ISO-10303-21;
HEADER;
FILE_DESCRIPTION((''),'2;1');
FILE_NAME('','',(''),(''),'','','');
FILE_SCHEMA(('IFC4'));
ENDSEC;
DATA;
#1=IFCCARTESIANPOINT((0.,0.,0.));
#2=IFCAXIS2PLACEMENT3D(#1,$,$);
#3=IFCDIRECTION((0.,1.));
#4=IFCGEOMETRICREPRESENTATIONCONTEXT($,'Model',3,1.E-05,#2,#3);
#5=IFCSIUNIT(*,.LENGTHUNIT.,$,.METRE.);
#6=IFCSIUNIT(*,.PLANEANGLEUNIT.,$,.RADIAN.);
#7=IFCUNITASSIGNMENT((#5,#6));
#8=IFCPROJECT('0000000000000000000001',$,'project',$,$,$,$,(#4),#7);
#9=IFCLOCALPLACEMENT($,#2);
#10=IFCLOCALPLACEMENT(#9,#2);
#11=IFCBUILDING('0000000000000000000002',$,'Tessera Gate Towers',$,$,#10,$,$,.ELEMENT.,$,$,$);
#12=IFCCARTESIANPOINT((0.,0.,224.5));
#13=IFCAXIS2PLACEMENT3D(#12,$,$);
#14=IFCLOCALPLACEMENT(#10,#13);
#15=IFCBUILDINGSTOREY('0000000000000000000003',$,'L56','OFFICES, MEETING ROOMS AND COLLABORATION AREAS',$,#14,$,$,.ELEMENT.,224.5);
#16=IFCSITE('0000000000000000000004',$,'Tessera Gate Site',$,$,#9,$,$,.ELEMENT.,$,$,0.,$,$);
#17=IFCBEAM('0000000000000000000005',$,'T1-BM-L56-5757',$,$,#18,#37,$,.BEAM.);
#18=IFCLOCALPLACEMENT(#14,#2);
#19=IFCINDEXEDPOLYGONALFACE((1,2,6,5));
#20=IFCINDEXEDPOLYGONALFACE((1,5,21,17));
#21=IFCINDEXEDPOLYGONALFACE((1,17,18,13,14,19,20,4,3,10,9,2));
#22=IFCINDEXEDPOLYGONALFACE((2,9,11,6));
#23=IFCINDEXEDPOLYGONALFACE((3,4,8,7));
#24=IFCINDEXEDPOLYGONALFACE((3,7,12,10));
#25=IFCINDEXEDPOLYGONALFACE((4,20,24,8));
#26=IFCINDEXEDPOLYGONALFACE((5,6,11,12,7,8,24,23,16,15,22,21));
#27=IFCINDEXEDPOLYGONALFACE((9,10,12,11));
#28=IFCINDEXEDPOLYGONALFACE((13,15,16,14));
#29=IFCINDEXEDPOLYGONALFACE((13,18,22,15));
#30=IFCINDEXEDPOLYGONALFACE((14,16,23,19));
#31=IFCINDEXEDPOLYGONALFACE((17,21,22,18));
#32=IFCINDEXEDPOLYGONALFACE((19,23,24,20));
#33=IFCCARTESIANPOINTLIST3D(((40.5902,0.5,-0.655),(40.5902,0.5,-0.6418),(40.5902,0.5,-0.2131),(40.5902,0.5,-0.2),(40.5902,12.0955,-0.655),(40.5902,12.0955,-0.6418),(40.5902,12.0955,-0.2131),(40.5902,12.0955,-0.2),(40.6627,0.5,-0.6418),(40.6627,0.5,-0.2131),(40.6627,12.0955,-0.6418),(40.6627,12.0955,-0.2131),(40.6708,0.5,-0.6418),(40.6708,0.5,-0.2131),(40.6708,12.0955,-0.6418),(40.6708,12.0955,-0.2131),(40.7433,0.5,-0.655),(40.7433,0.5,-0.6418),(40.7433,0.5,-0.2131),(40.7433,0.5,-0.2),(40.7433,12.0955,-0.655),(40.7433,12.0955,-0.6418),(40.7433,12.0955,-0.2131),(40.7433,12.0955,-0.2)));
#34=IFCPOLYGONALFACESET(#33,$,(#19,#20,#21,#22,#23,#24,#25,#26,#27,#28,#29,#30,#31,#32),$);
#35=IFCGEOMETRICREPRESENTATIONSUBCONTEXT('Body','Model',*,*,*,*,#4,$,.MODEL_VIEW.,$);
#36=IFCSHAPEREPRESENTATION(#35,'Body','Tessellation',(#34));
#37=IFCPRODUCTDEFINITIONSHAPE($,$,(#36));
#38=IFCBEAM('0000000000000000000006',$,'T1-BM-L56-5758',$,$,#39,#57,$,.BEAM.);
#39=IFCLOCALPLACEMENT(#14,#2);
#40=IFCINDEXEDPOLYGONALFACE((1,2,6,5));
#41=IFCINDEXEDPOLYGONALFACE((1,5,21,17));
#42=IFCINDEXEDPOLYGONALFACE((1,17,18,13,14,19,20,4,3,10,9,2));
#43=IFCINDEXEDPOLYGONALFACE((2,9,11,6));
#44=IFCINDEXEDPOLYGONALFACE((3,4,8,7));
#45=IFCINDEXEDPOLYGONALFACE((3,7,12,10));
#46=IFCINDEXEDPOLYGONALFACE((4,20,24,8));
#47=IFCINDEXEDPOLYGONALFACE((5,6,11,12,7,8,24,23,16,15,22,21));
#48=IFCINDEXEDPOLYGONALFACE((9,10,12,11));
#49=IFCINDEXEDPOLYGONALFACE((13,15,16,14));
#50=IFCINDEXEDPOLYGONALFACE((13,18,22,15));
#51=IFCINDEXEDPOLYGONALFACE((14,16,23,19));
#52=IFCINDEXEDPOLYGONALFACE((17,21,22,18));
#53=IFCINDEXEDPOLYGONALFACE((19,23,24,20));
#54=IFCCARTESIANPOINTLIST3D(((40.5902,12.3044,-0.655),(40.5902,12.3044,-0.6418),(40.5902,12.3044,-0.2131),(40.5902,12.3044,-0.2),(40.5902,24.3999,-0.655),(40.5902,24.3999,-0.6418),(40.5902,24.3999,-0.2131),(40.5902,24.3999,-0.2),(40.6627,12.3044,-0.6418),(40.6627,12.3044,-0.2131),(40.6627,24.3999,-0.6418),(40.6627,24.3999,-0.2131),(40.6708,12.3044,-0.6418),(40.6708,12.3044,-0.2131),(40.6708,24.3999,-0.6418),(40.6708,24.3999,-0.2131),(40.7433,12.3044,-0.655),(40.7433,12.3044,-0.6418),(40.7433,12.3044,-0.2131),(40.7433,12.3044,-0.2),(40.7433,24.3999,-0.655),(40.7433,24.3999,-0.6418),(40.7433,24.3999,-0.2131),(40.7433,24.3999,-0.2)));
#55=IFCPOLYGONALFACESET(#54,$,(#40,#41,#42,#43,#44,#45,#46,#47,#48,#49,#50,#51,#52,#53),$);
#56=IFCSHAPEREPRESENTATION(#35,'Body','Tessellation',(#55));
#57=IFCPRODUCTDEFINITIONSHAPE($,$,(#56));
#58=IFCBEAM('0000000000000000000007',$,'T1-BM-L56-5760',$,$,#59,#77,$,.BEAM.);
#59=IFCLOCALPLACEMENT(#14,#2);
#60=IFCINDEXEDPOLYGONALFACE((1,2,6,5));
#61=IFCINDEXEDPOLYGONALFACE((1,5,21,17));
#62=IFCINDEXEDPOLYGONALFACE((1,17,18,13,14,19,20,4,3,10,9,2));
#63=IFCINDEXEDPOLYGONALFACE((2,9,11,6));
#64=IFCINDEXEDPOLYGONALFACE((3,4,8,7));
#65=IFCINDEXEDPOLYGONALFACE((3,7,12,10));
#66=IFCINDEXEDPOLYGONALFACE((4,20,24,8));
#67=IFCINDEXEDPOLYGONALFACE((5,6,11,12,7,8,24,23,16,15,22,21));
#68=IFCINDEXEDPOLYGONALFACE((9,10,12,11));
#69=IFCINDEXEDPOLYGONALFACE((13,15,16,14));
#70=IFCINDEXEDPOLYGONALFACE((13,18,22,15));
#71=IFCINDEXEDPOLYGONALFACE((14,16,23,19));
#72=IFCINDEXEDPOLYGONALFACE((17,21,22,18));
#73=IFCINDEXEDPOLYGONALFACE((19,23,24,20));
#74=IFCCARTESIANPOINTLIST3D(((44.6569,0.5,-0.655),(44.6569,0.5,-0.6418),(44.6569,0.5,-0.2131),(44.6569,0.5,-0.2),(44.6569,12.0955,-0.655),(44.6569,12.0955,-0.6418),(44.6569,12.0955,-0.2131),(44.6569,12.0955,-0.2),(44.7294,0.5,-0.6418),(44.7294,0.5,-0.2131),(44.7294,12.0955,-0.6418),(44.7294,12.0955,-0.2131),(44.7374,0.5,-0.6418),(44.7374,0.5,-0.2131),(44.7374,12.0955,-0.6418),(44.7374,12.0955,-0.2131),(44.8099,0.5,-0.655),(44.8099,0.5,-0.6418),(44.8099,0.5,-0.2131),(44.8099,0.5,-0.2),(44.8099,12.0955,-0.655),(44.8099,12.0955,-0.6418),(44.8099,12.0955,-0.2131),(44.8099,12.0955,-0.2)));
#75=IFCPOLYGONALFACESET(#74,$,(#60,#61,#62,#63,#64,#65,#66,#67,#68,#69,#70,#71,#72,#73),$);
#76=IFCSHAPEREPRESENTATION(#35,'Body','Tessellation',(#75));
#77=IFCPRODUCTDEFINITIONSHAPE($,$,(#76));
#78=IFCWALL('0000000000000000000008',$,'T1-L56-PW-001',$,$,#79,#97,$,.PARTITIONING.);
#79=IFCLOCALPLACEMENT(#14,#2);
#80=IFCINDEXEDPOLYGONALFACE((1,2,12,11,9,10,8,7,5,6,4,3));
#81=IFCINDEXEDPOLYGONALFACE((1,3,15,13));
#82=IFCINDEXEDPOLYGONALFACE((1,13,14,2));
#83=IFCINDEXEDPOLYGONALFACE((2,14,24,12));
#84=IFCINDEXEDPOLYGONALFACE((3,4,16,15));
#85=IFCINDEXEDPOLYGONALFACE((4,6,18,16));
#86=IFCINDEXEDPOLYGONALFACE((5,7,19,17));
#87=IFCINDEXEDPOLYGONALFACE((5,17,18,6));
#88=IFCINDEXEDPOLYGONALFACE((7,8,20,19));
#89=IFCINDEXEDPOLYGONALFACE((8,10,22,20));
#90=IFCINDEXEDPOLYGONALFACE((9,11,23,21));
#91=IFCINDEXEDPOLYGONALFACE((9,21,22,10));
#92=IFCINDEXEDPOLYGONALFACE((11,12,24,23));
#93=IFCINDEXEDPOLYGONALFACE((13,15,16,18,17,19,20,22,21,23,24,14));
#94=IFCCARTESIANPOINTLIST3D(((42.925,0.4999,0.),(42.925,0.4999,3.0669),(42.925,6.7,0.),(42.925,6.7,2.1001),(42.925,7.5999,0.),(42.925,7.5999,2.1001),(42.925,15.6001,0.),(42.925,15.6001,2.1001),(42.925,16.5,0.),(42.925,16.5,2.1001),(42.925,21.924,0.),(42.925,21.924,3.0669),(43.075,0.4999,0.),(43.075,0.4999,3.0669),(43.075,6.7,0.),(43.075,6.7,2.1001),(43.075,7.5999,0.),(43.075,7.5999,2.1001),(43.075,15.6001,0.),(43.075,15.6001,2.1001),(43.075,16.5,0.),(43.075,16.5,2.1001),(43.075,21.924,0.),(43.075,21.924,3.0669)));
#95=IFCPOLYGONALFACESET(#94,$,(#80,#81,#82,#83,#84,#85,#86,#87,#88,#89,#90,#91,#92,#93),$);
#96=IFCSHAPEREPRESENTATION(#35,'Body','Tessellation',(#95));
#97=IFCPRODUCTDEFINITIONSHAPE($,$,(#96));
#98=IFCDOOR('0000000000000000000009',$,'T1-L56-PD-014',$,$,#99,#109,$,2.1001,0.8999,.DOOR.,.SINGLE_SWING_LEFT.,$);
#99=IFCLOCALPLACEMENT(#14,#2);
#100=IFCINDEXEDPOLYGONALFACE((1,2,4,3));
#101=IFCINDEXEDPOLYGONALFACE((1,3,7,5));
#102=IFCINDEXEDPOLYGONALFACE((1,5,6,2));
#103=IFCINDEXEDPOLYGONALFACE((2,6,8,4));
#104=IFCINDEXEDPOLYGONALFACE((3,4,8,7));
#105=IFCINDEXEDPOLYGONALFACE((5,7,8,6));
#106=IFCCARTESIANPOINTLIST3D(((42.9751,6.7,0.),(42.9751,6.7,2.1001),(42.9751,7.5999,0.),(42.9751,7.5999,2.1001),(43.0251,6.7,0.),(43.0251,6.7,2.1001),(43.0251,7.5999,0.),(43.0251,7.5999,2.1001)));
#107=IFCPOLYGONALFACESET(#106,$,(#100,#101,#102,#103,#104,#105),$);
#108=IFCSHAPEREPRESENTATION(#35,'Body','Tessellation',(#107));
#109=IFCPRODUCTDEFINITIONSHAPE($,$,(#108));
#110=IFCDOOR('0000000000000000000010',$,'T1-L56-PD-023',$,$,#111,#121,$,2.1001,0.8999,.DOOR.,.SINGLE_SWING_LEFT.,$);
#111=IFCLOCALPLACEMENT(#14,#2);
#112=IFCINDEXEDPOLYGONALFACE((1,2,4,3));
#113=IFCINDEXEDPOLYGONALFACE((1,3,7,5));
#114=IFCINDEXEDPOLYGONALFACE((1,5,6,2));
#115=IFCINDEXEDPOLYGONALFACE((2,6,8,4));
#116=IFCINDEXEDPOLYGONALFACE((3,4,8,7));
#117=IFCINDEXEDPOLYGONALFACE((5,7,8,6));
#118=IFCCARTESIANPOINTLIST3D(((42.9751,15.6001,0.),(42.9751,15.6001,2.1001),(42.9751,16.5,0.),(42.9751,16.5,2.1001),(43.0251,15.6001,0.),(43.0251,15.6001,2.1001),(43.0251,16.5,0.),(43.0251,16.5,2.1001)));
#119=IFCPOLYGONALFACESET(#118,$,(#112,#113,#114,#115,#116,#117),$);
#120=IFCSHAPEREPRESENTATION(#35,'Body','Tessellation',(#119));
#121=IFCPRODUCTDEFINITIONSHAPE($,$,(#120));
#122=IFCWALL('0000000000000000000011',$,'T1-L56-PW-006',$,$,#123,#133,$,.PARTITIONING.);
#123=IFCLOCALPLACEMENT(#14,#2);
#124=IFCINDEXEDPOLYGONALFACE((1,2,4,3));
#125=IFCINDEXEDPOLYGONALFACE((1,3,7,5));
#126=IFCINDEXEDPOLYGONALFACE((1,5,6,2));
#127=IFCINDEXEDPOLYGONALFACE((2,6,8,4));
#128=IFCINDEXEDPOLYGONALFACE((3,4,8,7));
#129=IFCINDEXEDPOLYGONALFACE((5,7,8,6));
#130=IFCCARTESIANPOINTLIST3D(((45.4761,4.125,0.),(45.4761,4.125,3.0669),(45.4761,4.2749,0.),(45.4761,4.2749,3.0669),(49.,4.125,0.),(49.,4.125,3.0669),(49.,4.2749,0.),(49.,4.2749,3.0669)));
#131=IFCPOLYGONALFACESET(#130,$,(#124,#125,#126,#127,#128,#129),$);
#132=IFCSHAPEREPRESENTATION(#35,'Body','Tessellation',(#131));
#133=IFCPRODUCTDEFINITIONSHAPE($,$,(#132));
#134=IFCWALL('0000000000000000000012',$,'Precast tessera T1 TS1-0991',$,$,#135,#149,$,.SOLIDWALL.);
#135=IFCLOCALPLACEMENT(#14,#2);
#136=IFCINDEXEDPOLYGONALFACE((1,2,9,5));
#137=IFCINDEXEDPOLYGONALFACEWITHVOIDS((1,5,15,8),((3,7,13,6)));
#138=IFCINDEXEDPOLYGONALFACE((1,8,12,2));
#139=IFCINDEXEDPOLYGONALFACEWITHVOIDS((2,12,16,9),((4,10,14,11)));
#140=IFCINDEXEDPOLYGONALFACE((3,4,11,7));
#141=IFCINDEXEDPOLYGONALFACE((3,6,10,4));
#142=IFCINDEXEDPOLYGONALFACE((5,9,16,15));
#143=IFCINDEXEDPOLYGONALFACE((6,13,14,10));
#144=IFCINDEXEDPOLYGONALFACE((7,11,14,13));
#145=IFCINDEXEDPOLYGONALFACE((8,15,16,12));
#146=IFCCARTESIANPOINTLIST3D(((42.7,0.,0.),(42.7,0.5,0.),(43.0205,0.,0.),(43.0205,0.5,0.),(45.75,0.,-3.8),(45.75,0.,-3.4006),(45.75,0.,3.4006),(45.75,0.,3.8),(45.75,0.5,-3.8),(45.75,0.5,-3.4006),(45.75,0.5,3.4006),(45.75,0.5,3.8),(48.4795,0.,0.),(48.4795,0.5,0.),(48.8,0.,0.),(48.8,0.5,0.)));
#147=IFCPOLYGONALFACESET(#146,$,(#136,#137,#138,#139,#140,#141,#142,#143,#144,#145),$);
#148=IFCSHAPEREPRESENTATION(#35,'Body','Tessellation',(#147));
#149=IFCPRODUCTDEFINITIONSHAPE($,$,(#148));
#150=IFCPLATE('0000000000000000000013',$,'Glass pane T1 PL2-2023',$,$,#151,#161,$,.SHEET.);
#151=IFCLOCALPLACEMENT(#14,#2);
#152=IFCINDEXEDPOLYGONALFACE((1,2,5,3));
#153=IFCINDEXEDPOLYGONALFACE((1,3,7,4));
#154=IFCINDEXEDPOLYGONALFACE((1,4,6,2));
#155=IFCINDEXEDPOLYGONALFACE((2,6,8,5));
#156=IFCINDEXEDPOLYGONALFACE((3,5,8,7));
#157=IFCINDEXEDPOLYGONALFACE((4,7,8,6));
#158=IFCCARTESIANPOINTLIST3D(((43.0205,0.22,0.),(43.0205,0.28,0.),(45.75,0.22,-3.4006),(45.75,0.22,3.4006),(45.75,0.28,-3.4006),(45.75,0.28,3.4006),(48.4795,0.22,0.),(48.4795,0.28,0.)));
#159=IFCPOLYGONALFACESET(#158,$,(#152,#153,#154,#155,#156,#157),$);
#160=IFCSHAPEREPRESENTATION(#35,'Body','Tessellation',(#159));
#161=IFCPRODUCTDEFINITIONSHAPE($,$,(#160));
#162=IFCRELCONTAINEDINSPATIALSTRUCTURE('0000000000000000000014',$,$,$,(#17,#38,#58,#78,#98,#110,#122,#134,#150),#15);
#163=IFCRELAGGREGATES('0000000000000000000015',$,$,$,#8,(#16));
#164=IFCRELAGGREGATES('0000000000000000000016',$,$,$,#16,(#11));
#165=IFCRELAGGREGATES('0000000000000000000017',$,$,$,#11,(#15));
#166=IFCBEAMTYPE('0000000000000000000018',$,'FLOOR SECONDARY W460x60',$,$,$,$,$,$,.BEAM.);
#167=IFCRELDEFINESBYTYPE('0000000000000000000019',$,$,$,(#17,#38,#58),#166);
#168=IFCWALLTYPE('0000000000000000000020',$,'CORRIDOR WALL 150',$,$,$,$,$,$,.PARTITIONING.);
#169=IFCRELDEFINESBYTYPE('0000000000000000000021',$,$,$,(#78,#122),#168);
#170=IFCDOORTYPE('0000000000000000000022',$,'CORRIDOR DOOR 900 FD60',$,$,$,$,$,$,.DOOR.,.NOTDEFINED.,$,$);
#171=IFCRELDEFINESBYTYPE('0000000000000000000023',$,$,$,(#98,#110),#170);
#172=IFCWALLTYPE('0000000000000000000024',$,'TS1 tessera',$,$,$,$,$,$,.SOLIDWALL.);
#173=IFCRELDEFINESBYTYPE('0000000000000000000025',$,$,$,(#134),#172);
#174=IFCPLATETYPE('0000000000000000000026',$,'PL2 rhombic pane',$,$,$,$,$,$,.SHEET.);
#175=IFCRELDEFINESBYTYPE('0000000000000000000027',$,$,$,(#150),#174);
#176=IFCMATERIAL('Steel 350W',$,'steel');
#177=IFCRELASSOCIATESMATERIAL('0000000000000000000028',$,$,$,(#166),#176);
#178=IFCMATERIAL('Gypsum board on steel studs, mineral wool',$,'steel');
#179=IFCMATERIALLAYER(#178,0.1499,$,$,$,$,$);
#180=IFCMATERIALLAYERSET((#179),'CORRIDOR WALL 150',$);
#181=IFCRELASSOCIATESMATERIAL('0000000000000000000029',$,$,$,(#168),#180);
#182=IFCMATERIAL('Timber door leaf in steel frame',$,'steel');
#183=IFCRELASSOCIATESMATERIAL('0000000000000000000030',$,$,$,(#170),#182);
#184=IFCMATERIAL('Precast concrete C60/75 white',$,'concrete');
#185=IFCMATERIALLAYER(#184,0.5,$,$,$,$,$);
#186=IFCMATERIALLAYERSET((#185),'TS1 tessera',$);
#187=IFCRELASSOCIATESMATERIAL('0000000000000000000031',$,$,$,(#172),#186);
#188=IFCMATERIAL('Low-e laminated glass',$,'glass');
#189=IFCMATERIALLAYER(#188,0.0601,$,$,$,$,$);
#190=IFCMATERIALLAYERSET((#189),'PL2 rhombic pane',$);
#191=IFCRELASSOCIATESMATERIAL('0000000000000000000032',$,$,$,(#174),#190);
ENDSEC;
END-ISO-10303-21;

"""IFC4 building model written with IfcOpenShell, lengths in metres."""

from ifc_helpers import new_model, si_unit, direction, frame, frame_2d, origin, origin_2d, place, context, subcontext, project, spatial, polyline, rectangle, i_section, outline, extrude, source, transform, mapped, material, layer, layer_set, material_profile, profile_set, type_object, element, fill, save


model = new_model("IFC4")

# Units and contexts
model_context = context("Model", 3, precision=1e-05, world=origin(), true_north=direction((0.0, 1.0)))
body_context = subcontext(model_context, "Body", "Model", "MODEL_VIEW")
ifc_project = project(units=[si_unit("LENGTHUNIT", "METRE"), si_unit("PLANEANGLEUNIT", "RADIAN")], contexts=[model_context])

# Site, building, storey
site_placement = place(None, origin())
site = spatial("IfcSite", under=ifc_project, at=site_placement, Name="Tessera Gate Site", CompositionType="ELEMENT", RefElevation=0.0)
building_placement = place(site_placement, origin())
building = spatial("IfcBuilding", under=site, at=building_placement, Name="Tessera Gate Towers", CompositionType="ELEMENT")
storey_placement = place(building_placement, frame((0.0, 0.0, 224.5)))
storey = spatial("IfcBuildingStorey", under=building, at=storey_placement, Name="L56", Description="OFFICES, MEETING ROOMS AND COLLABORATION AREAS", CompositionType="ELEMENT", Elevation=224.5)

# Beams
ifc_material_1 = material(Name="Steel 350W", Category="steel")
ifc_material_profile_1 = material_profile(ifc_material_1, i_section(OverallWidth=0.1531, OverallDepth=0.4551, WebThickness=0.0081, FlangeThickness=0.0132, at=origin_2d()), Name="W460x60")
ifc_profile_set_1 = profile_set([ifc_material_profile_1], Name="Steel 350W")
beam_type_1 = type_object("IfcBeamType", Name="FLOOR SECONDARY W460x60", PredefinedType="BEAM", material=ifc_profile_set_1)
beam_1_placement = place(storey_placement, frame((40.6667, 0.5, -0.4275), z_axis=(0.0, 1.0, 0.0), x_axis=(-1.0, 0.0, 0.0)))
element("IfcBeam", 1, at=beam_1_placement, inside=storey, type_object=beam_type_1, Name="T1-BM-L56-5757", PredefinedType="BEAM", context=body_context, shape_type="SweptSolid", body=[
    extrude(i_section(OverallWidth=0.1531, OverallDepth=0.4551, WebThickness=0.0081, FlangeThickness=0.0132, at=origin_2d()), origin(), (0.0, 0.0, 1.0), 11.5955),
])
beam_2_placement = place(storey_placement, frame((40.6667, 12.3044, -0.4275), z_axis=(0.0, 1.0, 0.0), x_axis=(-1.0, 0.0, 0.0)))
element("IfcBeam", 2, at=beam_2_placement, inside=storey, type_object=beam_type_1, Name="T1-BM-L56-5758", PredefinedType="BEAM", context=body_context, shape_type="SweptSolid", body=[
    extrude(i_section(OverallWidth=0.1531, OverallDepth=0.4551, WebThickness=0.0081, FlangeThickness=0.0132, at=origin_2d()), origin(), (0.0, 0.0, 1.0), 12.0955),
])
beam_3_placement = place(storey_placement, frame((44.7334, 0.5, -0.4275), z_axis=(0.0, 1.0, 0.0), x_axis=(-1.0, 0.0, 0.0)))
element("IfcBeam", 3, at=beam_3_placement, inside=storey, type_object=beam_type_1, Name="T1-BM-L56-5760", PredefinedType="BEAM", context=body_context, shape_type="SweptSolid", body=[
    extrude(i_section(OverallWidth=0.1531, OverallDepth=0.4551, WebThickness=0.0081, FlangeThickness=0.0132, at=origin_2d()), origin(), (0.0, 0.0, 1.0), 11.5955),
])

# Wall, openings, doors
ifc_material_2 = material(Name="Gypsum board on steel studs, mineral wool", Category="steel")
ifc_layer_1 = layer(ifc_material_2, 0.1499)
ifc_layer_set_1 = layer_set([ifc_layer_1], Name="CORRIDOR WALL 150")
wall_type_1 = type_object("IfcWallType", Name="CORRIDOR WALL 150", PredefinedType="PARTITIONING", material=ifc_layer_set_1)
wall_1_placement = place(storey_placement, frame((43.0, 0.5, 0.0), z_axis=(0.0, 0.0, 1.0), x_axis=(0.0, 1.0, 0.0)))
wall_1 = element("IfcWall", 4, at=wall_1_placement, inside=storey, type_object=wall_type_1, Name="T1-L56-PW-001", PredefinedType="PARTITIONING", context=body_context, shape_type="SweptSolid", body=[
    extrude(rectangle(XDim=21.4241, YDim=0.1499, at=frame_2d((10.7119, 0.0))), origin(), (0.0, 0.0, 1.0), 3.0669),
])
shared_shape_1 = source(origin(), body_context, "Body", "SweptSolid", [
    extrude(rectangle(XDim=0.8999, YDim=2.1001, at=frame_2d((0.45, 1.05))), frame((0.0, 0.085, 0.0), z_axis=(0.0, -1.0, 0.0), x_axis=(1.0, 0.0, 0.0)), (0.0, 0.0, 1.0), 0.1699),
])
opening_1_placement = place(wall_1_placement, frame((6.2, 0.0, 0.0)))
opening_1 = element("IfcOpeningElement", 5, at=opening_1_placement, cuts=wall_1, PredefinedType="OPENING", context=body_context, shape_type="MappedRepresentation", body=[
    mapped(shared_shape_1, transform((0.0, 0.0, 0.0), scale=1.0)),
])
opening_2_placement = place(wall_1_placement, frame((15.1001, 0.0, 0.0)))
opening_2 = element("IfcOpeningElement", 6, at=opening_2_placement, cuts=wall_1, PredefinedType="OPENING", context=body_context, shape_type="MappedRepresentation", body=[
    mapped(shared_shape_1, transform((0.0, 0.0, 0.0), scale=1.0)),
])
ifc_material_3 = material(Name="Timber door leaf in steel frame", Category="steel")
door_type = type_object("IfcDoorType", Name="CORRIDOR DOOR 900 FD60", OperationType="NOTDEFINED", PredefinedType="DOOR", material=ifc_material_3)
shared_shape_2 = source(origin(), body_context, "Body", "SweptSolid", [
    extrude(rectangle(XDim=0.8999, YDim=2.1001, at=frame_2d((0.45, 1.05))), frame((0.0, 0.0249, 0.0), z_axis=(0.0, -1.0, 0.0), x_axis=(1.0, 0.0, 0.0)), (0.0, 0.0, 1.0), 0.05),
])
door_1_placement = place(opening_1_placement, origin())
door_1 = element("IfcDoor", 7, at=door_1_placement, inside=storey, type_object=door_type, Name="T1-L56-PD-014", OperationType="SINGLE_SWING_LEFT", OverallHeight=2.1001, OverallWidth=0.8999, PredefinedType="DOOR", context=body_context, shape_type="MappedRepresentation", body=[
    mapped(shared_shape_2, transform((0.0, 0.0, 0.0), scale=1.0)),
])
fill(opening_1, door_1)
door_2_placement = place(opening_2_placement, origin())
door_2 = element("IfcDoor", 8, at=door_2_placement, inside=storey, type_object=door_type, Name="T1-L56-PD-023", OperationType="SINGLE_SWING_LEFT", OverallHeight=2.1001, OverallWidth=0.8999, PredefinedType="DOOR", context=body_context, shape_type="MappedRepresentation", body=[
    mapped(shared_shape_2, transform((0.0, 0.0, 0.0), scale=1.0)),
])
fill(opening_2, door_2)

# Wall
wall_2_placement = place(storey_placement, frame((45.4761, 4.2, 0.0), z_axis=(0.0, 0.0, 1.0), x_axis=(1.0, 0.0, 0.0)))
element("IfcWall", 9, at=wall_2_placement, inside=storey, type_object=wall_type_1, Name="T1-L56-PW-006", PredefinedType="PARTITIONING", context=body_context, shape_type="SweptSolid", body=[
    extrude(rectangle(XDim=3.5239, YDim=0.1499, at=frame_2d((1.762, 0.0))), origin(), (0.0, 0.0, 1.0), 3.0669),
])

# Wall, opening, plate
ifc_material_4 = material(Name="Precast concrete C60/75 white", Category="concrete")
ifc_layer_2 = layer(ifc_material_4, 0.5)
ifc_layer_set_2 = layer_set([ifc_layer_2], Name="TS1 tessera")
wall_type_2 = type_object("IfcWallType", Name="TS1 tessera", PredefinedType="SOLIDWALL", material=ifc_layer_set_2)
shared_shape_3 = source(origin(), body_context, "Body", "SweptSolid", [
    extrude(outline(polyline([(3.05, 0.0), (6.1001, 3.8), (3.05, 7.6001), (0.0, 3.8), (3.05, 0.0)])), frame((0.0, 0.25, 0.0), z_axis=(0.0, -1.0, 0.0), x_axis=(1.0, 0.0, 0.0)), (0.0, 0.0, 1.0), 0.5),
])
wall_3_placement = place(storey_placement, frame((42.7, 0.25, -3.8), z_axis=(0.0, 0.0, 1.0), x_axis=(1.0, 0.0, 0.0)))
wall_3 = element("IfcWall", 10, at=wall_3_placement, inside=storey, type_object=wall_type_2, Name="Precast tessera T1 TS1-0991", PredefinedType="SOLIDWALL", context=body_context, shape_type="MappedRepresentation", body=[
    mapped(shared_shape_3, transform((0.0, 0.0, 0.0), scale=1.0)),
])
shared_shape_4 = source(origin(), body_context, "Body", "SweptSolid", [
    extrude(outline(polyline([(3.05, 0.3994), (5.7795, 3.8), (3.05, 7.2007), (0.3206, 3.8), (3.05, 0.3994)])), frame((0.0, 0.26, 0.0), z_axis=(0.0, -1.0, 0.0), x_axis=(1.0, 0.0, 0.0)), (0.0, 0.0, 1.0), 0.52),
])
opening_3_placement = place(wall_3_placement, origin())
opening_3 = element("IfcOpeningElement", 11, at=opening_3_placement, cuts=wall_3, PredefinedType="OPENING", context=body_context, shape_type="MappedRepresentation", body=[
    mapped(shared_shape_4, transform((0.0, 0.0, 0.0), scale=1.0)),
])
ifc_material_5 = material(Name="Low-e laminated glass", Category="glass")
ifc_layer_3 = layer(ifc_material_5, 0.0601)
ifc_layer_set_3 = layer_set([ifc_layer_3], Name="PL2 rhombic pane")
plate_type = type_object("IfcPlateType", Name="PL2 rhombic pane", PredefinedType="SHEET", material=ifc_layer_set_3)
shared_shape_5 = source(origin(), body_context, "Body", "SweptSolid", [
    extrude(outline(polyline([(3.05, 0.3994), (5.7795, 3.8), (3.05, 7.2007), (0.3206, 3.8), (3.05, 0.3994)])), frame((0.0, 0.03, 0.0), z_axis=(0.0, -1.0, 0.0), x_axis=(1.0, 0.0, 0.0)), (0.0, 0.0, 1.0), 0.0601),
])
plate_placement = place(opening_3_placement, origin())
plate = element("IfcPlate", 12, at=plate_placement, inside=storey, type_object=plate_type, Name="Glass pane T1 PL2-2023", PredefinedType="SHEET", context=body_context, shape_type="MappedRepresentation", body=[
    mapped(shared_shape_5, transform((0.0, 0.0, 0.0), scale=1.0)),
])
fill(opening_3, plate)

save(model, "model.ifc")
